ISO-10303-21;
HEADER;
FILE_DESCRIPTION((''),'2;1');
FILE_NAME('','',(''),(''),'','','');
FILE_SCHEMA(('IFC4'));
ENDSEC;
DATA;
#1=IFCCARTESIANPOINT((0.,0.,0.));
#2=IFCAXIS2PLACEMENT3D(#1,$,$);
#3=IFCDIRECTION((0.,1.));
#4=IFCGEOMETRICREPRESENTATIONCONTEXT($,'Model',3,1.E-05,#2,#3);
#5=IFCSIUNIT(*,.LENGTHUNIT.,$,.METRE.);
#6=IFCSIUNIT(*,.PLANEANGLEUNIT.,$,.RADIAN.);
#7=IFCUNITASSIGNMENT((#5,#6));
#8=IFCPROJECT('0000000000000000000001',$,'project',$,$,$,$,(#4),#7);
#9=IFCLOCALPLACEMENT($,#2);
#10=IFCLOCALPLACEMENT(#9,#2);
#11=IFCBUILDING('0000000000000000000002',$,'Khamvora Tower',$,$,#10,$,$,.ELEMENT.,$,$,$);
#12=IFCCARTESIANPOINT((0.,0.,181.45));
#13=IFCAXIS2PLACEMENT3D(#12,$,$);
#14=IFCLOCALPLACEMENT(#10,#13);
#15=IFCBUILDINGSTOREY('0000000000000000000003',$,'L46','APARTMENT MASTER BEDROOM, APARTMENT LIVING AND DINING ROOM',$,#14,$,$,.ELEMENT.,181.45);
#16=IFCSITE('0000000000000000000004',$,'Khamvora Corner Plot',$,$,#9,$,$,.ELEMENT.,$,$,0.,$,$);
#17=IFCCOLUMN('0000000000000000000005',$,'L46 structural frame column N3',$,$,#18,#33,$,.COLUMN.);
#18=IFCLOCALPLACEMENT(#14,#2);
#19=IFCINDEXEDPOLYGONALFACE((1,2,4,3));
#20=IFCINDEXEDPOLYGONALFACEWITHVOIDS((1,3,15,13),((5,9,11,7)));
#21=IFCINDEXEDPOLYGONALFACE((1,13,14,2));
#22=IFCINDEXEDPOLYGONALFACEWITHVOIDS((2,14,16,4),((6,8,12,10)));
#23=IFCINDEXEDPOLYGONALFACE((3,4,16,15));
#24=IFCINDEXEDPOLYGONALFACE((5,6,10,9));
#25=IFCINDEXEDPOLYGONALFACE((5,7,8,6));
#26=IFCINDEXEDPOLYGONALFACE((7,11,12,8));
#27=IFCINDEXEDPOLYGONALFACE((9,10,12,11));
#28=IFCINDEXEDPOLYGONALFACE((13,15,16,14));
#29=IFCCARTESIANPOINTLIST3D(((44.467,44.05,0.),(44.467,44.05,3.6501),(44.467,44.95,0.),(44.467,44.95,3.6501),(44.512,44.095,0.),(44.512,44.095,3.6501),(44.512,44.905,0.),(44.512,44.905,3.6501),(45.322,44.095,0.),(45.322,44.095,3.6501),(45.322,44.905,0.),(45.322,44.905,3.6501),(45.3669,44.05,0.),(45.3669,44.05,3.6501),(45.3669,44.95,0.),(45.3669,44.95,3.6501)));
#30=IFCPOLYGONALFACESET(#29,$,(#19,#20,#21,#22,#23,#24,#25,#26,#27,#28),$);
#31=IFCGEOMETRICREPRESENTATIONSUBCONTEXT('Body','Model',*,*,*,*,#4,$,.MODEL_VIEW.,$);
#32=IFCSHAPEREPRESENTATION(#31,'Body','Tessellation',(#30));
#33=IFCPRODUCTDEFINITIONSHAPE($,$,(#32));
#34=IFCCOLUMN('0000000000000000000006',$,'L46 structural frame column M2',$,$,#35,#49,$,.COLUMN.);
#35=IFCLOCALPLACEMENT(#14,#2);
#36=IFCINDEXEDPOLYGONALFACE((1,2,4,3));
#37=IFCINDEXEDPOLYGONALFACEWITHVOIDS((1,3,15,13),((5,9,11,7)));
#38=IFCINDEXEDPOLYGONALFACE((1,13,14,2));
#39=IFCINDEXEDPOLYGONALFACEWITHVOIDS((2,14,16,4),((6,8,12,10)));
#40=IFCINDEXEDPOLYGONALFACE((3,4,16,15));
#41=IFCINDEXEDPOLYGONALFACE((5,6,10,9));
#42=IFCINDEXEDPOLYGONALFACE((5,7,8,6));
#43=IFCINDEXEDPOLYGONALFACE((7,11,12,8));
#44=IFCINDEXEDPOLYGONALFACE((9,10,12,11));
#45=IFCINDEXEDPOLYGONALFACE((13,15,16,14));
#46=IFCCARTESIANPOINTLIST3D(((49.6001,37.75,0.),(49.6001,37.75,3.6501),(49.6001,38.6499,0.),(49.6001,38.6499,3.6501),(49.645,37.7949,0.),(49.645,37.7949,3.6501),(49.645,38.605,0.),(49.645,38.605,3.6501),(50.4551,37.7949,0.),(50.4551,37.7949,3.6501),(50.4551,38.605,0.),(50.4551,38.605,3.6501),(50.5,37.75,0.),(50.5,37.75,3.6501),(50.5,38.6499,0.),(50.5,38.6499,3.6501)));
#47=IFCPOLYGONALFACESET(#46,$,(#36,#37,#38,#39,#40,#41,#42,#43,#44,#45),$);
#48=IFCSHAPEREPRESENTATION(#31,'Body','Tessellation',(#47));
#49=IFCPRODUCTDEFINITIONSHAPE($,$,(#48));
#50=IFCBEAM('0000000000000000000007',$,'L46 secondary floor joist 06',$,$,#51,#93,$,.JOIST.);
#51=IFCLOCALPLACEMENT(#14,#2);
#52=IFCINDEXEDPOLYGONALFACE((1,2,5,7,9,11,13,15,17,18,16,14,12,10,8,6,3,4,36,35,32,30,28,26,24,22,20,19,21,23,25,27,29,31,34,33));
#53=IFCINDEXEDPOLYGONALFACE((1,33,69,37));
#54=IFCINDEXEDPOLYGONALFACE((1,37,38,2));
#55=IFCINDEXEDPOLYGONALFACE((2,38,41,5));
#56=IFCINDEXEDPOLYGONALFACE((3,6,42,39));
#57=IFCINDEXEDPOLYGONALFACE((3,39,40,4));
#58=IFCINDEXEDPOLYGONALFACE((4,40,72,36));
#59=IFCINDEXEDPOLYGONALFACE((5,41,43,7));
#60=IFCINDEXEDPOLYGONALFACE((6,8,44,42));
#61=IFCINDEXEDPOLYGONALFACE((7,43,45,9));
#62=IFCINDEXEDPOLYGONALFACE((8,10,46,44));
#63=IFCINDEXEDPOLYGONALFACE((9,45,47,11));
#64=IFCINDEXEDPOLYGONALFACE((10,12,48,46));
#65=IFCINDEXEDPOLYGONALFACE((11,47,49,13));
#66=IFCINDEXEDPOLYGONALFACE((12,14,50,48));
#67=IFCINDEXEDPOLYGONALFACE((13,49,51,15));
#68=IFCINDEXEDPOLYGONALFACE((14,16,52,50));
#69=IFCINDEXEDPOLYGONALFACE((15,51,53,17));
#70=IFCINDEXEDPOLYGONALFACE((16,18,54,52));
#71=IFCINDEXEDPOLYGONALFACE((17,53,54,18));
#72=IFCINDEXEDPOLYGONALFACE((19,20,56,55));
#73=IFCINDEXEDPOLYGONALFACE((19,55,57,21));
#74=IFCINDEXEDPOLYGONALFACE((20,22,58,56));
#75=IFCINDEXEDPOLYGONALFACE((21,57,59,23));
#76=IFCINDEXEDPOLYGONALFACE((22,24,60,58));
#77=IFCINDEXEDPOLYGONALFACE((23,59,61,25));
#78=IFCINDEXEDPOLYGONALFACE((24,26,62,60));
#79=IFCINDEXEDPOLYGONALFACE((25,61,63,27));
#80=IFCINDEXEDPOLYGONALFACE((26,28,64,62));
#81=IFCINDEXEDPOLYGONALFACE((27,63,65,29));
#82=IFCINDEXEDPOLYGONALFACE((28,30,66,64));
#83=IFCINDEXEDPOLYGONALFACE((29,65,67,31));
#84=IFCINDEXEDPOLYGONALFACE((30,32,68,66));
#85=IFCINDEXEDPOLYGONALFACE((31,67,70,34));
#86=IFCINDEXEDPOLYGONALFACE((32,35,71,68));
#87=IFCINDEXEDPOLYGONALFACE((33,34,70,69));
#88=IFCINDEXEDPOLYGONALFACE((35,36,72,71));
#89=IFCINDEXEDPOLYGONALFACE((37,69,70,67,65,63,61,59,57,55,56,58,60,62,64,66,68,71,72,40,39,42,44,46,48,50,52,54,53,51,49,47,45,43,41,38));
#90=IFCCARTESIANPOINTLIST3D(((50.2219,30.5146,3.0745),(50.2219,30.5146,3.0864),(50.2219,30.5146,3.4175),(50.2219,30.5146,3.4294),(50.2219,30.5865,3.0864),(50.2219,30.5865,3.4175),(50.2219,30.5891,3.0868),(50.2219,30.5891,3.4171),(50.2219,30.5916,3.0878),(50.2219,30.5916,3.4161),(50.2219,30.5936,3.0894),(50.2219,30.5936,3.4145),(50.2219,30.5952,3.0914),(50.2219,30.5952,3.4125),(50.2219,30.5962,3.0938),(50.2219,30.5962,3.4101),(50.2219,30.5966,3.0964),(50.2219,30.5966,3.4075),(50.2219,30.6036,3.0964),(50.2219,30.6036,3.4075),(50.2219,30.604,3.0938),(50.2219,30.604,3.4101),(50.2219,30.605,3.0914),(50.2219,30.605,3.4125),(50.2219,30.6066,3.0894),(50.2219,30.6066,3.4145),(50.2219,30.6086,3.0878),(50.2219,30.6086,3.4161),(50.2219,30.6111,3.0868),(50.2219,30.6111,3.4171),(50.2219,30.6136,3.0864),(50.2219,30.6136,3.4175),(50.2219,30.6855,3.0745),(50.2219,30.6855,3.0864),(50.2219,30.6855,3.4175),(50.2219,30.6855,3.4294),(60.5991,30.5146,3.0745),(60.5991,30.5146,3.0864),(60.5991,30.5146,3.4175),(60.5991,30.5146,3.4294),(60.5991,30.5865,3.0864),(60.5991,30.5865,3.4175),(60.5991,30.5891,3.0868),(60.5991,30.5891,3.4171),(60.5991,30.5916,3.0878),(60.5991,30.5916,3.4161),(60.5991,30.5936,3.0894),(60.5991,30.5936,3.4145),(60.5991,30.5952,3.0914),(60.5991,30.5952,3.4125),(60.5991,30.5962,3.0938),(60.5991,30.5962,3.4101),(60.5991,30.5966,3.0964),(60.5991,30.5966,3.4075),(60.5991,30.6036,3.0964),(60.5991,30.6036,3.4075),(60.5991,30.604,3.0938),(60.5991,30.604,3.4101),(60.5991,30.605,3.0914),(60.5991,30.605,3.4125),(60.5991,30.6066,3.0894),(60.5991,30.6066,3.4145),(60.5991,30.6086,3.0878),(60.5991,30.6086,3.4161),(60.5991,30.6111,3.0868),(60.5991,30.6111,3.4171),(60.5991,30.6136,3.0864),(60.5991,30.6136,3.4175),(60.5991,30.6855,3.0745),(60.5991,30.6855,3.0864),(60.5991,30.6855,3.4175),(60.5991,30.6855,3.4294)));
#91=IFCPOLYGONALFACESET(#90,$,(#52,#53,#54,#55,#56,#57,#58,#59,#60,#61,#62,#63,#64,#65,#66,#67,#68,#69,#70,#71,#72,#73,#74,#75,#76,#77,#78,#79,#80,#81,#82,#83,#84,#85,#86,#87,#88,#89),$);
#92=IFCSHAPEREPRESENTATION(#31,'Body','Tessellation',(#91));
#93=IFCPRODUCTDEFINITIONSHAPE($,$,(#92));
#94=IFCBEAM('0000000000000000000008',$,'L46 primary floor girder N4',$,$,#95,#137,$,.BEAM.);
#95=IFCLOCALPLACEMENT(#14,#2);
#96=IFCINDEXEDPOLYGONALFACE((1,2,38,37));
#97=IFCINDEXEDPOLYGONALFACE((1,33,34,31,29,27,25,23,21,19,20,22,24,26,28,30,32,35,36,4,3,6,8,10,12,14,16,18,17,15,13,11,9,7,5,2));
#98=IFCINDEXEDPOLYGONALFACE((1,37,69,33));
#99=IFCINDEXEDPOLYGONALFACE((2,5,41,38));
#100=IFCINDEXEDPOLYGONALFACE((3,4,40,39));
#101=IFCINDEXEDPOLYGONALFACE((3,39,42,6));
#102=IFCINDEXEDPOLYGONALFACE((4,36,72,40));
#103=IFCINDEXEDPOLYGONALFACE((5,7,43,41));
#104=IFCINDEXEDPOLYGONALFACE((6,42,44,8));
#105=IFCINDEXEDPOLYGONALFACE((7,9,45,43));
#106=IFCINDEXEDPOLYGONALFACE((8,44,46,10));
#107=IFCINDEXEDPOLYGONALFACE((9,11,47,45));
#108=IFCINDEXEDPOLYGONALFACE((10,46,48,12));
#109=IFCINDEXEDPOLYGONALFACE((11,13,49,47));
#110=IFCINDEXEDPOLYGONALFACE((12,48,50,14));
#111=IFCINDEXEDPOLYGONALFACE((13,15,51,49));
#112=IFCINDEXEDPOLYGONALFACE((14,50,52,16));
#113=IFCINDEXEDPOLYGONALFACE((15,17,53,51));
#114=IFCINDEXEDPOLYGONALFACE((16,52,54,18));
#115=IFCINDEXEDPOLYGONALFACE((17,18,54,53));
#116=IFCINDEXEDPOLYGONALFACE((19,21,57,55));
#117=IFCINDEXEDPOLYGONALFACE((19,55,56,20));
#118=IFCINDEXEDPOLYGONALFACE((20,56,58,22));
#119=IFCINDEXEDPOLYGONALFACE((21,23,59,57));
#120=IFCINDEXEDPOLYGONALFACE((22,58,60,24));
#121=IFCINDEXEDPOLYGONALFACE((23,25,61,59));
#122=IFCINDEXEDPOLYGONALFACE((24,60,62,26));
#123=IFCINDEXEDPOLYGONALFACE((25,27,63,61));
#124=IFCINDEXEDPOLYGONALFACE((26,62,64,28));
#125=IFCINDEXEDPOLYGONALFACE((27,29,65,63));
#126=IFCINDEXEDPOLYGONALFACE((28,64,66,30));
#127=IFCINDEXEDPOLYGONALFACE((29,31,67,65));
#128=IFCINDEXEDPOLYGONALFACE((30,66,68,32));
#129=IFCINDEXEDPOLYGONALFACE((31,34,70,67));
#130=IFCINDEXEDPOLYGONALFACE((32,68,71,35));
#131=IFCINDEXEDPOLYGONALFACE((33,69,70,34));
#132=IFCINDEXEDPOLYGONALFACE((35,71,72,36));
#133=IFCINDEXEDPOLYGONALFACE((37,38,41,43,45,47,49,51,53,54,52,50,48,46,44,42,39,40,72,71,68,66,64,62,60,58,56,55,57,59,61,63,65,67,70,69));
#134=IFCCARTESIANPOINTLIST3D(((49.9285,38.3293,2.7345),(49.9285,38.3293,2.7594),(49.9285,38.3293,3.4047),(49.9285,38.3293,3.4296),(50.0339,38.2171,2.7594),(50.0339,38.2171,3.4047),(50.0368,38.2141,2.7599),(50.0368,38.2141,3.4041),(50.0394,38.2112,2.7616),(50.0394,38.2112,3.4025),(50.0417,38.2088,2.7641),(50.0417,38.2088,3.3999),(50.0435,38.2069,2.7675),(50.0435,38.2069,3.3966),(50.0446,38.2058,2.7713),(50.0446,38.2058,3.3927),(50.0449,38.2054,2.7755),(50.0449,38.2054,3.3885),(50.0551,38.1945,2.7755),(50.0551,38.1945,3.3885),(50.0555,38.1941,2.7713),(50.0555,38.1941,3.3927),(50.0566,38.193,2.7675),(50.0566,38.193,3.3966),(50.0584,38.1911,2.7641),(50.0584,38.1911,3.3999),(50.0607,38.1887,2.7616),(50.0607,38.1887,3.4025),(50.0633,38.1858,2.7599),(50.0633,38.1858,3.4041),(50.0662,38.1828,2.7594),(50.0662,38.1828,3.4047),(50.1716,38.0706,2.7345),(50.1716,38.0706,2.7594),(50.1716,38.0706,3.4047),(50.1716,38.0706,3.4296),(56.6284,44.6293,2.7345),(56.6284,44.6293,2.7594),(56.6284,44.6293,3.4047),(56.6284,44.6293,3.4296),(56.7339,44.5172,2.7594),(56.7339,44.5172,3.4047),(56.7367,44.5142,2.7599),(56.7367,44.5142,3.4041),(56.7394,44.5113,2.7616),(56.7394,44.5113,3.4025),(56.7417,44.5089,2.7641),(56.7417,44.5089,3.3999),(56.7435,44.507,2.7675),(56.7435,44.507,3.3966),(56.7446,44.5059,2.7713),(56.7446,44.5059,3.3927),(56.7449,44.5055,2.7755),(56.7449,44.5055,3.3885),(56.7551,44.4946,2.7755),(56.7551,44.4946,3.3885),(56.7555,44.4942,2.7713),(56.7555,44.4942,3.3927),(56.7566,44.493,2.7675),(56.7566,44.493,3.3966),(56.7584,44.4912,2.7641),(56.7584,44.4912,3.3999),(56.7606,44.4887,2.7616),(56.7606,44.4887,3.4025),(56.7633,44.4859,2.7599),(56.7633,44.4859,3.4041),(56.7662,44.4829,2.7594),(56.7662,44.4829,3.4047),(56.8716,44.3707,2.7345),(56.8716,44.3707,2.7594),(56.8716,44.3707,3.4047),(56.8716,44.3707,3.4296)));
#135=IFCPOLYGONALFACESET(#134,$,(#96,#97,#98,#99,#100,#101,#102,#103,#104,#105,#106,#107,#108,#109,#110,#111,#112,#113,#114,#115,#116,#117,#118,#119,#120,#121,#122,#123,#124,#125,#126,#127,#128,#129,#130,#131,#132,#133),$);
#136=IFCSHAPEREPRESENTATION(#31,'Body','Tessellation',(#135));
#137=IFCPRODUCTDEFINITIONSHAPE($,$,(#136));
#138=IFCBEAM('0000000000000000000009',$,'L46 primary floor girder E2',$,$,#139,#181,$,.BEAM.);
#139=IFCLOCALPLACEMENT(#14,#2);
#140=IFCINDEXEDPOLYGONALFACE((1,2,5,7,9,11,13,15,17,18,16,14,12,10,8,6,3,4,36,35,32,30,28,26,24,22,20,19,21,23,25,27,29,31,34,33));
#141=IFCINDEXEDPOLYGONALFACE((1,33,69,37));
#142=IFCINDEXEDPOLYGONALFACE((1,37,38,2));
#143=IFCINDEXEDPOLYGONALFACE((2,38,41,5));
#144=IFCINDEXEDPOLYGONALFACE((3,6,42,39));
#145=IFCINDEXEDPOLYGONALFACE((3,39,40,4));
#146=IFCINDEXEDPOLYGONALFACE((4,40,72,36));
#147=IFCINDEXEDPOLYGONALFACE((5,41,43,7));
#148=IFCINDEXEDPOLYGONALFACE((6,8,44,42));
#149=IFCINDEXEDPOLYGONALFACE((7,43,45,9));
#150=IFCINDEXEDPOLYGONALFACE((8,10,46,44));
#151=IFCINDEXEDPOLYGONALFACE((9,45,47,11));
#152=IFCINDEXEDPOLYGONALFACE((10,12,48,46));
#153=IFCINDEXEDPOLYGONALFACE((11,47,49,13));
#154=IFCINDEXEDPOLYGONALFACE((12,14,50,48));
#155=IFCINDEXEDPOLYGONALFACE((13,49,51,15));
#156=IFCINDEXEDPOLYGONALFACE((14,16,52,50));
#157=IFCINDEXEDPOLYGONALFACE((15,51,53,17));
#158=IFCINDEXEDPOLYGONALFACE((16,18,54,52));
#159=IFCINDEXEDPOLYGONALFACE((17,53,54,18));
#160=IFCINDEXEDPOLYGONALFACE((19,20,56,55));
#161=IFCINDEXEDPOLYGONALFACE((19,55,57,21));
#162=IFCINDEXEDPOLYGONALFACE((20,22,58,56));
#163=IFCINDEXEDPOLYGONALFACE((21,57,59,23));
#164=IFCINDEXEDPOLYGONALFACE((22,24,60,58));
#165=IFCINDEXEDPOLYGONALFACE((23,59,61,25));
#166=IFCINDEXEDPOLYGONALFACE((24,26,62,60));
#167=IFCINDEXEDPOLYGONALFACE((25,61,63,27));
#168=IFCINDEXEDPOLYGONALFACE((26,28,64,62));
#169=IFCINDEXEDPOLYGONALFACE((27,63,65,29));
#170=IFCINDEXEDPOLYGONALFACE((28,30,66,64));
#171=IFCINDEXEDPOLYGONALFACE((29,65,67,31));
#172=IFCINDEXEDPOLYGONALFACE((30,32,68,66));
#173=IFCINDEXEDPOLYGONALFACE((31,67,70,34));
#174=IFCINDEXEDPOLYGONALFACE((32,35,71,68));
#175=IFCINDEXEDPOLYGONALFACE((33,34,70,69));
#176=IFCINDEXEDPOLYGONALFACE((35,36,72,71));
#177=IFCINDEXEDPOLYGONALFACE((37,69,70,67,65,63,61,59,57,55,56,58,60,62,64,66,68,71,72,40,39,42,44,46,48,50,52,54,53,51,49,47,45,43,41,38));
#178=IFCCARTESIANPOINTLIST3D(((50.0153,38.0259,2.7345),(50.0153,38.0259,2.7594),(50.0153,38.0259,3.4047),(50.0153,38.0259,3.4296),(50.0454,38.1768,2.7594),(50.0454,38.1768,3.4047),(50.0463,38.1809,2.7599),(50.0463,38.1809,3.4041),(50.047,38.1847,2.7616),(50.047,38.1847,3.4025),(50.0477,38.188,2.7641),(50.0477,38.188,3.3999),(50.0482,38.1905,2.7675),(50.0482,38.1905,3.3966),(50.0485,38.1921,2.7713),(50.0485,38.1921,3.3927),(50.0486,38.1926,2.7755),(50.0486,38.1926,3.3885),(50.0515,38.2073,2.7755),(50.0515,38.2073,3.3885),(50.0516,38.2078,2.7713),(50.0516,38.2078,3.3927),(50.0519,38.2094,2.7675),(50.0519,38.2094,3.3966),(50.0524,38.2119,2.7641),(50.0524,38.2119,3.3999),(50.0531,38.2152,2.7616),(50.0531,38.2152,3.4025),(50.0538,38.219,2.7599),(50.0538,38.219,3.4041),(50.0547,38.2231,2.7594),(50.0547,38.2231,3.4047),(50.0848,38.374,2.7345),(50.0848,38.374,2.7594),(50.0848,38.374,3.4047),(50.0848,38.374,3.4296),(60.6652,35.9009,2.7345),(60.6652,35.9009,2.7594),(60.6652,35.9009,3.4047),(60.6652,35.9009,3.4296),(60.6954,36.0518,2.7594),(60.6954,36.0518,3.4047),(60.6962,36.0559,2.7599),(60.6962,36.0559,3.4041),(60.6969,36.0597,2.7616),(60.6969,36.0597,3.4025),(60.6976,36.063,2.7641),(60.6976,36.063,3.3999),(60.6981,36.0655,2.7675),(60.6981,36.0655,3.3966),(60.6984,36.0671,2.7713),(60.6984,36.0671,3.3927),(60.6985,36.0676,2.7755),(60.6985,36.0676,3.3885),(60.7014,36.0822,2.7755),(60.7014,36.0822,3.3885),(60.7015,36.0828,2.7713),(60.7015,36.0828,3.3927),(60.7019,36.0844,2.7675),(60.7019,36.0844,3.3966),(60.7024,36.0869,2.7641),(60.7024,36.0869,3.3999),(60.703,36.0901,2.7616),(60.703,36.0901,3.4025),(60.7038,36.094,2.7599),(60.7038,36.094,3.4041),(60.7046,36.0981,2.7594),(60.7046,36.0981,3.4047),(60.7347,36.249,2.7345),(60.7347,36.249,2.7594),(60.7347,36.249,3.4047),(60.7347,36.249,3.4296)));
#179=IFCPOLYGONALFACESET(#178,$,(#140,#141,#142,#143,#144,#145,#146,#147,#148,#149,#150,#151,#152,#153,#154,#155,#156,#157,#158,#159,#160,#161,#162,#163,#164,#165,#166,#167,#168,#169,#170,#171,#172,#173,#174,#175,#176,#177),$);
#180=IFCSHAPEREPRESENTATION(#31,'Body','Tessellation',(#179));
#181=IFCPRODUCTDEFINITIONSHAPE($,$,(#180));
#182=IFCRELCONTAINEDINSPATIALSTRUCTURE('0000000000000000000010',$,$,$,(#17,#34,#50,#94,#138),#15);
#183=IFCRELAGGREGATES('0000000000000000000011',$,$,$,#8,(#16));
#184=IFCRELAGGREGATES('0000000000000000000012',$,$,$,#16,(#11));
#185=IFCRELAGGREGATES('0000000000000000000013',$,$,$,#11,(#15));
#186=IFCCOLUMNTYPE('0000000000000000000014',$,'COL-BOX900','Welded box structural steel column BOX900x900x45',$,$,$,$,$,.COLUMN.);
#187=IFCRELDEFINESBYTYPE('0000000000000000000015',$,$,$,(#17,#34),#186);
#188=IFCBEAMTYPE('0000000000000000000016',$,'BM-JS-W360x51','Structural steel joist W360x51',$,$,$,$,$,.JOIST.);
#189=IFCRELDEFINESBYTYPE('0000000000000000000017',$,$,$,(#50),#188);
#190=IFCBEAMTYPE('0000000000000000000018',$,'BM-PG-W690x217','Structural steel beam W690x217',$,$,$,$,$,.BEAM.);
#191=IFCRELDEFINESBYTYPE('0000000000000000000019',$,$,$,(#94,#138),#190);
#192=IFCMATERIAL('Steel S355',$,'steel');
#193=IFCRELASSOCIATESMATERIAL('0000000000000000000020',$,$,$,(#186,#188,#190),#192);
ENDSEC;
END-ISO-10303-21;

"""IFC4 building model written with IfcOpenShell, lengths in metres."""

from ifc_helpers import new_model, si_unit, direction, frame, origin, origin_2d, place, context, subcontext, project, spatial, hollow_rectangle, i_section, extrude, material, material_profile, profile_set, type_object, element, save


model = new_model("IFC4")

# Units and contexts
model_context = context("Model", 3, precision=1e-05, world=origin(), true_north=direction((0.0, 1.0)))
body_context = subcontext(model_context, "Body", "Model", "MODEL_VIEW")
ifc_project = project(units=[si_unit("LENGTHUNIT", "METRE"), si_unit("PLANEANGLEUNIT", "RADIAN")], contexts=[model_context])

# Site, building, storey
site_placement = place(None, origin())
site = spatial("IfcSite", under=ifc_project, at=site_placement, Name="Khamvora Corner Plot", CompositionType="ELEMENT", RefElevation=0.0)
building_placement = place(site_placement, origin())
building = spatial("IfcBuilding", under=site, at=building_placement, Name="Khamvora Tower", CompositionType="ELEMENT")
storey_placement = place(building_placement, frame((0.0, 0.0, 181.45)))
storey = spatial("IfcBuildingStorey", under=building, at=storey_placement, Name="L46", Description="APARTMENT MASTER BEDROOM, APARTMENT LIVING AND DINING ROOM", CompositionType="ELEMENT", Elevation=181.45)

# Columns
ifc_material_1 = material(Name="Steel S355", Category="steel")
ifc_material_profile_1 = material_profile(ifc_material_1, hollow_rectangle(XDim=0.8999, YDim=0.8999, WallThickness=0.0449, at=origin_2d()), Name="BOX900x900x45")
ifc_profile_set_1 = profile_set([ifc_material_profile_1], Name="Steel S355")
column_type = type_object("IfcColumnType", Name="COL-BOX900", Description="Welded box structural steel column BOX900x900x45", PredefinedType="COLUMN", material=ifc_profile_set_1)
for number, where, z_axis, x_axis, name in (
    (1, (44.917, 44.5, 0.0), (0.0, 0.0, 1.0), (1.0, 0.0, 0.0), "L46 structural frame column N3"),
    (2, (50.05, 38.2, 0.0), (0.0, 0.0, 1.0), (1.0, 0.0, 0.0), "L46 structural frame column M2"),
):
    element("IfcColumn", number, at=place(storey_placement, frame(where, z_axis=z_axis, x_axis=x_axis)), inside=storey, type_object=column_type, Name=name, PredefinedType="COLUMN", context=body_context, shape_type="SweptSolid", body=[
        extrude(hollow_rectangle(XDim=0.8999, YDim=0.8999, WallThickness=0.0449, at=origin_2d()), origin(), (0.0, 0.0, 1.0), 3.6501),
    ])

# Beams
ifc_material_profile_2 = material_profile(ifc_material_1, i_section(OverallWidth=0.1709, OverallDepth=0.355, WebThickness=0.0071, FlangeThickness=0.012, FilletRadius=0.01, at=origin_2d()), Name="W360x51")
ifc_profile_set_2 = profile_set([ifc_material_profile_2], Name="Steel S355")
beam_type_1 = type_object("IfcBeamType", Name="BM-JS-W360x51", Description="Structural steel joist W360x51", PredefinedType="JOIST", material=ifc_profile_set_2)
beam_1_placement = place(storey_placement, frame((50.2219, 30.6001, 3.252), z_axis=(1.0, 0.0, 0.0), x_axis=(0.0, 1.0, 0.0)))
element("IfcBeam", 3, at=beam_1_placement, inside=storey, type_object=beam_type_1, Name="L46 secondary floor joist 06", PredefinedType="JOIST", context=body_context, shape_type="SweptSolid", body=[
    extrude(i_section(OverallWidth=0.1709, OverallDepth=0.355, WebThickness=0.0071, FlangeThickness=0.012, FilletRadius=0.01, at=origin_2d()), origin(), (0.0, 0.0, 1.0), 10.3772),
])
ifc_material_profile_3 = material_profile(ifc_material_1, i_section(OverallWidth=0.355, OverallDepth=0.6951, WebThickness=0.0149, FlangeThickness=0.0249, FilletRadius=0.0161, at=origin_2d()), Name="W690x217")
ifc_profile_set_3 = profile_set([ifc_material_profile_3], Name="Steel S355")
beam_type_2 = type_object("IfcBeamType", Name="BM-PG-W690x217", Description="Structural steel beam W690x217", PredefinedType="BEAM", material=ifc_profile_set_3)
beam_2_placement = place(storey_placement, frame((50.05, 38.2, 3.082), z_axis=(0.728514, 0.685031, 0.0), x_axis=(-0.685031, 0.728514, 0.0)))
element("IfcBeam", 4, at=beam_2_placement, inside=storey, type_object=beam_type_2, Name="L46 primary floor girder N4", PredefinedType="BEAM", context=body_context, shape_type="SweptSolid", body=[
    extrude(i_section(OverallWidth=0.355, OverallDepth=0.6951, WebThickness=0.0149, FlangeThickness=0.0249, FilletRadius=0.0161, at=origin_2d()), origin(), (0.0, 0.0, 1.0), 9.1968),
])
beam_3_placement = place(storey_placement, frame((50.05, 38.2, 3.082), z_axis=(0.980669, -0.195675, 0.0), x_axis=(0.195675, 0.980669, 0.0)))
element("IfcBeam", 5, at=beam_3_placement, inside=storey, type_object=beam_type_2, Name="L46 primary floor girder E2", PredefinedType="BEAM", context=body_context, shape_type="SweptSolid", body=[
    extrude(i_section(OverallWidth=0.355, OverallDepth=0.6951, WebThickness=0.0149, FlangeThickness=0.0249, FilletRadius=0.0161, at=origin_2d()), origin(), (0.0, 0.0, 1.0), 10.8599),
])

save(model, "model.ifc")
